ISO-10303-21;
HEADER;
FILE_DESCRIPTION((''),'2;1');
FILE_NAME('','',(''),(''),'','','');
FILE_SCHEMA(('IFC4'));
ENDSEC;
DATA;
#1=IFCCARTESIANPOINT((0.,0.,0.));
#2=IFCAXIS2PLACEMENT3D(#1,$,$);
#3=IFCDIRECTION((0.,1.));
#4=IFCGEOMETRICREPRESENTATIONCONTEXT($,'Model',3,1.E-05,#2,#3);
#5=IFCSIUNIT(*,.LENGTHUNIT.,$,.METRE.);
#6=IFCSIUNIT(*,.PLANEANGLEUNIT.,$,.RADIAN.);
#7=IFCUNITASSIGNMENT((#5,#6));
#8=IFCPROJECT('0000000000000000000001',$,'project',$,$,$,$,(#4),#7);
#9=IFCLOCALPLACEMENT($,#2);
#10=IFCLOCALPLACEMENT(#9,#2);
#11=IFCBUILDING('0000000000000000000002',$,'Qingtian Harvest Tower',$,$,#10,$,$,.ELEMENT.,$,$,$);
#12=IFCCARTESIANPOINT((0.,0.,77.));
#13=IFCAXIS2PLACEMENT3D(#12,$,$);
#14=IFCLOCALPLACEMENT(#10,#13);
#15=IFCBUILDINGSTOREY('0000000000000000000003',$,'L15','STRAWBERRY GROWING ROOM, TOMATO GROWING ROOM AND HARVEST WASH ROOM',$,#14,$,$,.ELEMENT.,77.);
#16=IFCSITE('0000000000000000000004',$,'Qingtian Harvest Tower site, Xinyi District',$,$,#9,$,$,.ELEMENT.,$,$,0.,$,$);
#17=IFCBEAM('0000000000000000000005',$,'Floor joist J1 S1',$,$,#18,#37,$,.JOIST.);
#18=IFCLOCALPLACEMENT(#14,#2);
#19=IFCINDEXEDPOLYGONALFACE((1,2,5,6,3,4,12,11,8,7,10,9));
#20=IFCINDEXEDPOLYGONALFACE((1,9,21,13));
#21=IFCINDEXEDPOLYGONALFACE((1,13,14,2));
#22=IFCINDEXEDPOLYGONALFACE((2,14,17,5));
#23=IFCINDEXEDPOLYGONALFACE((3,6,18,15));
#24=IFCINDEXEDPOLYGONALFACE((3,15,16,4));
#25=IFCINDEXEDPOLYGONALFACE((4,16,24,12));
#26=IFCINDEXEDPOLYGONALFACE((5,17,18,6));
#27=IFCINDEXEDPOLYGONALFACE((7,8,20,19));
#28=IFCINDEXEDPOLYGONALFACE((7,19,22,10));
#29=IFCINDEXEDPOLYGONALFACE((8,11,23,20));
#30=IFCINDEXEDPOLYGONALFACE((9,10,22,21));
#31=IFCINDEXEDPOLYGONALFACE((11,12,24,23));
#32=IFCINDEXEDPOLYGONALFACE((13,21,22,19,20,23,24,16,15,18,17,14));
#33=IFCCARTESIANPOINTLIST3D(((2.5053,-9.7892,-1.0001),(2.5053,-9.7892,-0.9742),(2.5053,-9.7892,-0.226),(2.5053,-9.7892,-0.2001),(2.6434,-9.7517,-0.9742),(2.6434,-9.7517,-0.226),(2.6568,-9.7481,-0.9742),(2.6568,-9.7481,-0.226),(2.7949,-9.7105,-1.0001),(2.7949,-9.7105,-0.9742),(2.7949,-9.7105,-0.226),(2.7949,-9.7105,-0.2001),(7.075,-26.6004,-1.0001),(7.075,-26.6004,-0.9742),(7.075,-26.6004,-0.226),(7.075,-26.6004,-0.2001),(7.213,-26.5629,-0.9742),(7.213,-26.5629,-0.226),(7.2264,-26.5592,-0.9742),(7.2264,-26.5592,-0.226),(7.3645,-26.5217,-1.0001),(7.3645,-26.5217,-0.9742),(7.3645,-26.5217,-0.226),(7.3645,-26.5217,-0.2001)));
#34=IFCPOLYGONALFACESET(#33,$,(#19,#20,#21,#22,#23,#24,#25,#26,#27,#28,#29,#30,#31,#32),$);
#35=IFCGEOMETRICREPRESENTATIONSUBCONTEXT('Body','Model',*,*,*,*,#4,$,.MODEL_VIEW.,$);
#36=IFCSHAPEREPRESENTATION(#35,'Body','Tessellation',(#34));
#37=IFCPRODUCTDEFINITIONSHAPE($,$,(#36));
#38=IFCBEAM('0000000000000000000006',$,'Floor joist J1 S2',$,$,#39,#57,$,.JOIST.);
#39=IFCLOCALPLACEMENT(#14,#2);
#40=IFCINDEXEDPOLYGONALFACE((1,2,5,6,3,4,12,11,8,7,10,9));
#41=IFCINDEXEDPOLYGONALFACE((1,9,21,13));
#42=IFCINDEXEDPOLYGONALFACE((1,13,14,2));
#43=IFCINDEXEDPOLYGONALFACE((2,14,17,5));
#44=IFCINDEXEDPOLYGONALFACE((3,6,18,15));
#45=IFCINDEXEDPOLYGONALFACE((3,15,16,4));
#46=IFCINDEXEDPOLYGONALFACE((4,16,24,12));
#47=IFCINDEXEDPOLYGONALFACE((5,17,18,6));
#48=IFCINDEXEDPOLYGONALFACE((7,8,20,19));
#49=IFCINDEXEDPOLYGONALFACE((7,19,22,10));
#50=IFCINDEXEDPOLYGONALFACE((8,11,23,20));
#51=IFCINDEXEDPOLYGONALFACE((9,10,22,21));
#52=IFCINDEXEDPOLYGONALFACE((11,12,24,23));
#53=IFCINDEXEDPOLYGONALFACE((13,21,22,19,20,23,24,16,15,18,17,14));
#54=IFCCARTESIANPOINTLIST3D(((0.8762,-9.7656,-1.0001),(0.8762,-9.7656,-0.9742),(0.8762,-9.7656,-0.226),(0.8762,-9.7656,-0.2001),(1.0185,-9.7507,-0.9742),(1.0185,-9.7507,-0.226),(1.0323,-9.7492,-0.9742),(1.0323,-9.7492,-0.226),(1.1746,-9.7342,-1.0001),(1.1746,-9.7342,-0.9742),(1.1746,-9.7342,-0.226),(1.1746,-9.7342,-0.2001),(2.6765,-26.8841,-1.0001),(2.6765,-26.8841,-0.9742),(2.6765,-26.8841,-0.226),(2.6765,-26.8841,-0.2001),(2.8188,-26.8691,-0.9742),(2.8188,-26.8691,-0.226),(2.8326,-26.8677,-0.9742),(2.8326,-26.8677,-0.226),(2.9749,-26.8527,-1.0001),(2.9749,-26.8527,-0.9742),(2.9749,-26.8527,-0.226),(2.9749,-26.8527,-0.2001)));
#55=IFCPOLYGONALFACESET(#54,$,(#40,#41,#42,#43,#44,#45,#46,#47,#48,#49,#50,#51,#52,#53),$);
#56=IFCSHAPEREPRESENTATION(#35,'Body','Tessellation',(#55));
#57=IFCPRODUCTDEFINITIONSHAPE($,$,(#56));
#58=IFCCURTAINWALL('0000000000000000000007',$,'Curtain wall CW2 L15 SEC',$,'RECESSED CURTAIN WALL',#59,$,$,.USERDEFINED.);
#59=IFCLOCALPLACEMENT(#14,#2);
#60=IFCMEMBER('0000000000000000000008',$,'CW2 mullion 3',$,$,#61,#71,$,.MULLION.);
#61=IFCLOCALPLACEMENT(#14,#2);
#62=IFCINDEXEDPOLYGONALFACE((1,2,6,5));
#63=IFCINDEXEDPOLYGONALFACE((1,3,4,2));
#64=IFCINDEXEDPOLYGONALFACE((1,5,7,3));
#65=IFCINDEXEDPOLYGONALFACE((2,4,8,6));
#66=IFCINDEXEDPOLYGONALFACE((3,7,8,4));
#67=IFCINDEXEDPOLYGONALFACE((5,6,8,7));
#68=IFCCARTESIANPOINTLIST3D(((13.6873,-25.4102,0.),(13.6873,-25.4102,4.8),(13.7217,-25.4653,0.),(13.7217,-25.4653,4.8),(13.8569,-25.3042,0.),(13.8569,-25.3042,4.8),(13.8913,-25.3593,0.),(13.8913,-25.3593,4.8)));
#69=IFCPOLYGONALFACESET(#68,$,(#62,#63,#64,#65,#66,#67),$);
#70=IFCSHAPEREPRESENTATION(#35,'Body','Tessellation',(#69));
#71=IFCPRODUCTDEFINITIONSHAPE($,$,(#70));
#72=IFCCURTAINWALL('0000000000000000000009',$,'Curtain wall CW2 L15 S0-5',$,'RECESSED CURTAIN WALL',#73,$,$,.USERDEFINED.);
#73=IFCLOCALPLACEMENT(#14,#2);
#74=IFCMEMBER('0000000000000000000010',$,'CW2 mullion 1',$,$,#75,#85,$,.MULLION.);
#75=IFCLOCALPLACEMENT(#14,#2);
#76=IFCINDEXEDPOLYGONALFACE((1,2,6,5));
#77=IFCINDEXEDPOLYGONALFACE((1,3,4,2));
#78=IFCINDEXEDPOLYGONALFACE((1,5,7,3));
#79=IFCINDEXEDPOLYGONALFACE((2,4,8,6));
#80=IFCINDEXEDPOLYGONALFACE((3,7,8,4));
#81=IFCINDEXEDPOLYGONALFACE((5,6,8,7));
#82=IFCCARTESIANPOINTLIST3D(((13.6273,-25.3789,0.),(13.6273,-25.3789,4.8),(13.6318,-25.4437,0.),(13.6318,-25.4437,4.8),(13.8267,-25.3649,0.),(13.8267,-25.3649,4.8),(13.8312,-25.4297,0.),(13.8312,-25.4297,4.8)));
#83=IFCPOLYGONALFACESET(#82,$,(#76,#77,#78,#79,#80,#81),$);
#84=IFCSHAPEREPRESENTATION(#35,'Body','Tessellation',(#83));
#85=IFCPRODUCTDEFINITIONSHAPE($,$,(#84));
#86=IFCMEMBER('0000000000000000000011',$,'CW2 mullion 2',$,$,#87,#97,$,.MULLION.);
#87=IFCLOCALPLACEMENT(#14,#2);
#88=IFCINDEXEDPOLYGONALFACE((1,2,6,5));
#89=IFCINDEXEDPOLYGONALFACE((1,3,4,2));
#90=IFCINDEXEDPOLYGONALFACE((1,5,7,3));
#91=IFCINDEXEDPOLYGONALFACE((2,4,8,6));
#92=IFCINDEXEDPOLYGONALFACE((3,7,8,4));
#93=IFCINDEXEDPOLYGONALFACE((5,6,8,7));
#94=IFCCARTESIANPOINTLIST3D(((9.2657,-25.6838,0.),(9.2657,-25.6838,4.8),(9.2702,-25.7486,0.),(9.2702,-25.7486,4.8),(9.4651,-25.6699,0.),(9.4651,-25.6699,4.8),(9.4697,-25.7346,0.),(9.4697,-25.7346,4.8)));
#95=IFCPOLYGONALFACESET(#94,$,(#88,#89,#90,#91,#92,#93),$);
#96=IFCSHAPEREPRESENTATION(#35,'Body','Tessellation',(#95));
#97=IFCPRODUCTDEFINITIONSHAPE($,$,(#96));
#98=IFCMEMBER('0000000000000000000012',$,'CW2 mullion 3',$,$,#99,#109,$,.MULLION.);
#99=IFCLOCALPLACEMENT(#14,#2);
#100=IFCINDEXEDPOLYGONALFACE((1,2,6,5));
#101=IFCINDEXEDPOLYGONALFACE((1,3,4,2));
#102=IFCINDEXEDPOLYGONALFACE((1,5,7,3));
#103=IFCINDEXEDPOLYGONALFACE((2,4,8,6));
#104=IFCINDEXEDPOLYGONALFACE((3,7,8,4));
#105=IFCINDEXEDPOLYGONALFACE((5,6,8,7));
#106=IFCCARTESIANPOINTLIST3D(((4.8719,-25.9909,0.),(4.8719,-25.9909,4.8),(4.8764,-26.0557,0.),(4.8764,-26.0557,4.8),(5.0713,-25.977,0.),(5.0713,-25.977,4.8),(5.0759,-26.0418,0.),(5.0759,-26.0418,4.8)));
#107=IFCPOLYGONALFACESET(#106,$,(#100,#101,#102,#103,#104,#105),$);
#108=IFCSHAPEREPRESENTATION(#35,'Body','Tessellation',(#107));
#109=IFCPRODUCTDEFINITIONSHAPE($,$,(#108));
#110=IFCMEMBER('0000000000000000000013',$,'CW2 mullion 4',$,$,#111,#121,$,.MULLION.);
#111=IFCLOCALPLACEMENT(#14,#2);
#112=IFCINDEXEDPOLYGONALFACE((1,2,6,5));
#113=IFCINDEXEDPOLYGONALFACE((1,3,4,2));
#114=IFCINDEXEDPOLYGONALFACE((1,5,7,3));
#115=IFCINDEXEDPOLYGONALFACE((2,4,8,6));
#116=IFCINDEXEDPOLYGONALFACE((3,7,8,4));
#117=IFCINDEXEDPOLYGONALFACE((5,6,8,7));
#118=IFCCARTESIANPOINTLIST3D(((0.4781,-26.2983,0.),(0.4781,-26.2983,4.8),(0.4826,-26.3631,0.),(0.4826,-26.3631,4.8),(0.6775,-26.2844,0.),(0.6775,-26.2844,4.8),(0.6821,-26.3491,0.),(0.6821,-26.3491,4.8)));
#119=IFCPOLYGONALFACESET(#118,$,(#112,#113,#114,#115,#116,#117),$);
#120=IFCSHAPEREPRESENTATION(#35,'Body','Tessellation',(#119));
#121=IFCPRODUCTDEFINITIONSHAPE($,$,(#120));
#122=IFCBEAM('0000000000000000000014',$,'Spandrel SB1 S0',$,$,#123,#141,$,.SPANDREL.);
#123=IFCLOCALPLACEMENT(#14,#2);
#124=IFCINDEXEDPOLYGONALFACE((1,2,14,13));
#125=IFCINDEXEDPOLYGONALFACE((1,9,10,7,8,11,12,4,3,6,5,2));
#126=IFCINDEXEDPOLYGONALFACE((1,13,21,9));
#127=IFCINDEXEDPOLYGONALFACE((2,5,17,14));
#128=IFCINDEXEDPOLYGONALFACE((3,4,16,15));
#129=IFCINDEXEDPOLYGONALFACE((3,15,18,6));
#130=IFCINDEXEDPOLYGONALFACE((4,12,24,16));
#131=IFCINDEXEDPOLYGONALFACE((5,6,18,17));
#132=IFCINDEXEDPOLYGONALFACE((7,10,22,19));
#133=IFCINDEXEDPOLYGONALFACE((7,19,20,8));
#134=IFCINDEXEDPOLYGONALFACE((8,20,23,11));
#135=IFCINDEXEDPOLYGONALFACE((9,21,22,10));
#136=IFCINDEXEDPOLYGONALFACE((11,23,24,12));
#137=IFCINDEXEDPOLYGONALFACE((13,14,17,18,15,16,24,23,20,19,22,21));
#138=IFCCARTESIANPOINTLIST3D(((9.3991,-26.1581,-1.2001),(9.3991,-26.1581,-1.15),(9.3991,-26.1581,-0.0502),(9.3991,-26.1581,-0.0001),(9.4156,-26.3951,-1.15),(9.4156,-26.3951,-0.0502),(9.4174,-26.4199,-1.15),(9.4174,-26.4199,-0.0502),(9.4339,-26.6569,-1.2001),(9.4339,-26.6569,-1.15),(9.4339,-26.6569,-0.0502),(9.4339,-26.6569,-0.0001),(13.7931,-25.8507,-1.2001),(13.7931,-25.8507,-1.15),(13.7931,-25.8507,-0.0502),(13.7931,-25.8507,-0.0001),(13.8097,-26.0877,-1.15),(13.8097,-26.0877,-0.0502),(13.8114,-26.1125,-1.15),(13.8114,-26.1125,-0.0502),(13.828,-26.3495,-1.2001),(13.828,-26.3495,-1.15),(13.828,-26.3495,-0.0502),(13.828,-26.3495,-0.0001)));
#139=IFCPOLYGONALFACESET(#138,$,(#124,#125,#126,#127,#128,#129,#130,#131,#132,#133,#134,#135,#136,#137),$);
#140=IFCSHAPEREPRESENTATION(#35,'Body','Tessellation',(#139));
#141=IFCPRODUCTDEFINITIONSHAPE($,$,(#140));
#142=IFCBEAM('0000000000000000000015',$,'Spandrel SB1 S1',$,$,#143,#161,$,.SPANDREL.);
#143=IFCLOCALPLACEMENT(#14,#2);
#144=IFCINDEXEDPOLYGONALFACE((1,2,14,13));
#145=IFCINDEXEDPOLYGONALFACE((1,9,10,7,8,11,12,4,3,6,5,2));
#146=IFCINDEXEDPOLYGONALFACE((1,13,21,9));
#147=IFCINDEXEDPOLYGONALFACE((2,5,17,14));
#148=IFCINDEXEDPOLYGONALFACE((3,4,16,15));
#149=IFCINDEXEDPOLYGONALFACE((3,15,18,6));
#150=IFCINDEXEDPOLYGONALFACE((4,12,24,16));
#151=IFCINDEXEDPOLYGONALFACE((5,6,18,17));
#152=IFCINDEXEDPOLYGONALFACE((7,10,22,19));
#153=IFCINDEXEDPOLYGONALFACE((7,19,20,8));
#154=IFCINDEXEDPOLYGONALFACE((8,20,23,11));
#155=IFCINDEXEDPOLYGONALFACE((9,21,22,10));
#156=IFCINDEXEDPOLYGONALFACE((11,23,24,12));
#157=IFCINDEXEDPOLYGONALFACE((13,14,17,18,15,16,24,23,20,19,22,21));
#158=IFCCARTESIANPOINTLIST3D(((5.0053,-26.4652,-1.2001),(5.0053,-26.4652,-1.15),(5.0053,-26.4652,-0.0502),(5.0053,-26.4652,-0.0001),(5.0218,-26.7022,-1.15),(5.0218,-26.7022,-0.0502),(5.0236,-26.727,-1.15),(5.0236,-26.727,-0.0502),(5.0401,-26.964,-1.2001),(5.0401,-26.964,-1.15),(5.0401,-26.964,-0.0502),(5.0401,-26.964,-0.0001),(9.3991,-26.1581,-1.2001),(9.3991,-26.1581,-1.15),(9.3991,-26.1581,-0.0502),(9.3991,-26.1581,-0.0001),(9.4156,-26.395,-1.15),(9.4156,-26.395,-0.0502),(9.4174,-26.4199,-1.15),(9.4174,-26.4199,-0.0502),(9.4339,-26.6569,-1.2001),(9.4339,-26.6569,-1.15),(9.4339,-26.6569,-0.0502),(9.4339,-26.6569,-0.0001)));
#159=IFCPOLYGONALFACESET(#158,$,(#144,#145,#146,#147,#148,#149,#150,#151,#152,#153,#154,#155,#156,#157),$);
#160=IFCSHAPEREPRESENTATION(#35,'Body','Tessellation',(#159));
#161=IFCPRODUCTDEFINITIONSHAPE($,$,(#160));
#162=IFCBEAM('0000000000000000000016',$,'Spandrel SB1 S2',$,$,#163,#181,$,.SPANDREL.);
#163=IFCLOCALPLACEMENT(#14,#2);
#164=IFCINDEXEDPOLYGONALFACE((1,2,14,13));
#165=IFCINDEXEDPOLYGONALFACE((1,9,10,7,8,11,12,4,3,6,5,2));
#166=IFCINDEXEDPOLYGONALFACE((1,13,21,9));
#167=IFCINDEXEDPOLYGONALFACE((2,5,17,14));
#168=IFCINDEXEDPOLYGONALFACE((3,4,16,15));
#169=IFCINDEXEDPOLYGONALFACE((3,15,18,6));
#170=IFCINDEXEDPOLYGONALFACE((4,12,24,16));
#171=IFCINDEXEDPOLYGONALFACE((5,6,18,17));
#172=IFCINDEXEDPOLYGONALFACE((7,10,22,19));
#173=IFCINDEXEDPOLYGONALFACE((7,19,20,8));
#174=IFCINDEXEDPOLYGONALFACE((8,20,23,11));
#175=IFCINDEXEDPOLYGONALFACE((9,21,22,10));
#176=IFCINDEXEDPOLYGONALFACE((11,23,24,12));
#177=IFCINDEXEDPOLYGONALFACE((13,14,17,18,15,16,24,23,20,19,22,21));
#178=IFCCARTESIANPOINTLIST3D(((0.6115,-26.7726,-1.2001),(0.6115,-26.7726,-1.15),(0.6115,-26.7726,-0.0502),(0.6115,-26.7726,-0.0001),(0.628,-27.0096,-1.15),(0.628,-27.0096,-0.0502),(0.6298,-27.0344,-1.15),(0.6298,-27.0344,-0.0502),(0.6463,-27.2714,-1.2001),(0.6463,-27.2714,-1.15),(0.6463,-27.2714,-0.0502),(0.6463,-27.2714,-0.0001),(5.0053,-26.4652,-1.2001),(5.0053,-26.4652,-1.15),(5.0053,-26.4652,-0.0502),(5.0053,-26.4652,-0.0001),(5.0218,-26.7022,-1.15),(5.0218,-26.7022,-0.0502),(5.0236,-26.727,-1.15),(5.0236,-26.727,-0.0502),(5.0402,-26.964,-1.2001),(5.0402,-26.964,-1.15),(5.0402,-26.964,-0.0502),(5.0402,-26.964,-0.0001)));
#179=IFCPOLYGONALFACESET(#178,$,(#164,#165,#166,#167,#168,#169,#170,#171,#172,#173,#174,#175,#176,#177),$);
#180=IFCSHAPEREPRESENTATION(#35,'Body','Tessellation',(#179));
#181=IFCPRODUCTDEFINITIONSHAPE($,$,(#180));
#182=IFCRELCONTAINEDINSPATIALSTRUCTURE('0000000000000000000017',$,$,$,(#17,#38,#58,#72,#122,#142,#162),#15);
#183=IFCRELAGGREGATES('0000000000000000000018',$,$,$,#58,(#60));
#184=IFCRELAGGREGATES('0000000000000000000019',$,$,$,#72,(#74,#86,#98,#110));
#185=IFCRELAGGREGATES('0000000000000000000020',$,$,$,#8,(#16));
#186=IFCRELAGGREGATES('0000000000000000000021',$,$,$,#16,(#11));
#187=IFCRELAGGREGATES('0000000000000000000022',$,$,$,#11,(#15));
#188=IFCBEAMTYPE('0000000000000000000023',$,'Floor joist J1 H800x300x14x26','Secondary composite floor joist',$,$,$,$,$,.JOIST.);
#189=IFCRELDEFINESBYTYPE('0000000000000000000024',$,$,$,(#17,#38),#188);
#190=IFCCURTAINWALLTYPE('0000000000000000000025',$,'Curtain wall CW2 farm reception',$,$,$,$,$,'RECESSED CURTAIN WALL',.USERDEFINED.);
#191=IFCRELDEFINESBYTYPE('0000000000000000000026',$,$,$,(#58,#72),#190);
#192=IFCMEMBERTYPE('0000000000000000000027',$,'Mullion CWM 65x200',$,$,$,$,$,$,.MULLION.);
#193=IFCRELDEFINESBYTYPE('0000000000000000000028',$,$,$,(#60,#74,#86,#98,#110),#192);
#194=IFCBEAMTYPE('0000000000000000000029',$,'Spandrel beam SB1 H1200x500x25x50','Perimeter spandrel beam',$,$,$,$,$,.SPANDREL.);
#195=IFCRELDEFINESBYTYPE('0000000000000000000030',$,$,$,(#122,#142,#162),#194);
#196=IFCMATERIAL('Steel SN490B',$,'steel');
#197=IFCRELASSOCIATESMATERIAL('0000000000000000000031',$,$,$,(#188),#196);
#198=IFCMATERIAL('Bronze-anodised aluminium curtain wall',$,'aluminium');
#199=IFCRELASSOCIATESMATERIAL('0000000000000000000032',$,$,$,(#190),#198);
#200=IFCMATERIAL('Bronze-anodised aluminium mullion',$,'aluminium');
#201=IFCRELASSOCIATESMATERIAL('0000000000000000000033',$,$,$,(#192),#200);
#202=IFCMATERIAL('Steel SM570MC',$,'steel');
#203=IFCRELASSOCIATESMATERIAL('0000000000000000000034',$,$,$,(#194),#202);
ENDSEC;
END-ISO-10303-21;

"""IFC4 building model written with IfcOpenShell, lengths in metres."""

from ifc_helpers import new_model, si_unit, direction, frame, origin, origin_2d, place, context, subcontext, project, spatial, rectangle, i_section, extrude, material, material_profile, profile_set, type_object, element, aggregate, save


model = new_model("IFC4")

# Units and contexts
model_context = context("Model", 3, precision=1e-05, world=origin(), true_north=direction((0.0, 1.0)))
body_context = subcontext(model_context, "Body", "Model", "MODEL_VIEW")
ifc_project = project(units=[si_unit("LENGTHUNIT", "METRE"), si_unit("PLANEANGLEUNIT", "RADIAN")], contexts=[model_context])

# Site, building, storey
site_placement = place(None, origin())
site = spatial("IfcSite", under=ifc_project, at=site_placement, Name="Qingtian Harvest Tower site, Xinyi District", CompositionType="ELEMENT", RefElevation=0.0)
building_placement = place(site_placement, origin())
building = spatial("IfcBuilding", under=site, at=building_placement, Name="Qingtian Harvest Tower", CompositionType="ELEMENT")
storey_placement = place(building_placement, frame((0.0, 0.0, 77.0)))
storey = spatial("IfcBuildingStorey", under=building, at=storey_placement, Name="L15", Description="STRAWBERRY GROWING ROOM, TOMATO GROWING ROOM AND HARVEST WASH ROOM", CompositionType="ELEMENT", Elevation=77.0)

# Beams
ifc_material_1 = material(Name="Steel SN490B", Category="steel")
ifc_material_profile_1 = material_profile(ifc_material_1, i_section(OverallWidth=0.3, OverallDepth=0.8, WebThickness=0.0139, FlangeThickness=0.0259, at=origin_2d()), Name="H800x300x14x26")
ifc_profile_set_1 = profile_set([ifc_material_profile_1], Name="Steel SN490B")
beam_type_1 = type_object("IfcBeamType", Name="Floor joist J1 H800x300x14x26", Description="Secondary composite floor joist", PredefinedType="JOIST", material=ifc_profile_set_1)
beam_1_placement = place(storey_placement, frame((7.2197, -26.561, -0.6001), z_axis=(-0.262303, 0.964986, 0.0), x_axis=(-0.964986, -0.262303, 0.0)))
element("IfcBeam", 1, at=beam_1_placement, inside=storey, type_object=beam_type_1, Name="Floor joist J1 S1", PredefinedType="JOIST", context=body_context, shape_type="SweptSolid", body=[
    extrude(i_section(OverallWidth=0.3, OverallDepth=0.8, WebThickness=0.0139, FlangeThickness=0.0259, at=origin_2d()), origin(), (0.0, 0.0, 1.0), 17.4211),
])
beam_2_placement = place(storey_placement, frame((2.8257, -26.8684, -0.6001), z_axis=(-0.10459, 0.994515, 0.0), x_axis=(-0.994515, -0.10459, 0.0)))
element("IfcBeam", 2, at=beam_2_placement, inside=storey, type_object=beam_type_1, Name="Floor joist J1 S2", PredefinedType="JOIST", context=body_context, shape_type="SweptSolid", body=[
    extrude(i_section(OverallWidth=0.3, OverallDepth=0.8, WebThickness=0.0139, FlangeThickness=0.0259, at=origin_2d()), origin(), (0.0, 0.0, 1.0), 17.2129),
])

# Curtain wall, member
ifc_material_2 = material(Name="Bronze-anodised aluminium curtain wall", Category="aluminium")
curtain_wall_type = type_object("IfcCurtainWallType", Name="Curtain wall CW2 farm reception", ElementType="RECESSED CURTAIN WALL", PredefinedType="USERDEFINED", material=ifc_material_2)
curtain_wall_1_placement = place(storey_placement, origin())
curtain_wall_1 = element("IfcCurtainWall", 3, at=curtain_wall_1_placement, inside=storey, type_object=curtain_wall_type, Name="Curtain wall CW2 L15 SEC", ObjectType="RECESSED CURTAIN WALL", PredefinedType="USERDEFINED")
ifc_material_3 = material(Name="Bronze-anodised aluminium mullion", Category="aluminium")
ifc_material_profile_2 = material_profile(ifc_material_3, rectangle(XDim=0.0649, YDim=0.2, at=origin_2d()), Name="AL 65x200")
ifc_profile_set_2 = profile_set([ifc_material_profile_2], Name="Bronze-anodised aluminium mullion")
member_type_1 = type_object("IfcMemberType", Name="Mullion CWM 65x200", PredefinedType="MULLION", material=ifc_profile_set_2)
member_1_placement = place(storey_placement, frame((13.7893, -25.3848, 0.0), z_axis=(0.0, 0.0, 1.0), x_axis=(0.529919, -0.848048, 0.0)))
member_1 = element("IfcMember", 4, at=member_1_placement, type_object=member_type_1, Name="CW2 mullion 3", PredefinedType="MULLION", context=body_context, shape_type="SweptSolid", body=[
    extrude(rectangle(XDim=0.0649, YDim=0.2, at=origin_2d()), origin(), (0.0, 0.0, 1.0), 4.8),
])
aggregate(curtain_wall_1, [member_1])

# Curtain wall, members
curtain_wall_2_placement = place(storey_placement, origin())
curtain_wall_2 = element("IfcCurtainWall", 5, at=curtain_wall_2_placement, inside=storey, type_object=curtain_wall_type, Name="Curtain wall CW2 L15 S0-5", ObjectType="RECESSED CURTAIN WALL", PredefinedType="USERDEFINED")
member_2_placement = place(storey_placement, frame((13.7292, -25.4043, 0.0), z_axis=(0.0, 0.0, 1.0), x_axis=(0.069756, -0.997564, 0.0)))
member_2 = element("IfcMember", 6, at=member_2_placement, type_object=member_type_1, Name="CW2 mullion 1", PredefinedType="MULLION", context=body_context, shape_type="SweptSolid", body=[
    extrude(rectangle(XDim=0.0649, YDim=0.2, at=origin_2d()), origin(), (0.0, 0.0, 1.0), 4.8),
])
member_3_placement = place(storey_placement, frame((9.3677, -25.7092, 0.0), z_axis=(0.0, 0.0, 1.0), x_axis=(0.069756, -0.997564, 0.0)))
member_3 = element("IfcMember", 7, at=member_3_placement, type_object=member_type_1, Name="CW2 mullion 2", PredefinedType="MULLION", context=body_context, shape_type="SweptSolid", body=[
    extrude(rectangle(XDim=0.0649, YDim=0.2, at=origin_2d()), origin(), (0.0, 0.0, 1.0), 4.8),
])
member_4_placement = place(storey_placement, frame((4.9739, -26.0164, 0.0), z_axis=(0.0, 0.0, 1.0), x_axis=(0.069756, -0.997564, 0.0)))
member_4 = element("IfcMember", 8, at=member_4_placement, type_object=member_type_1, Name="CW2 mullion 3", PredefinedType="MULLION", context=body_context, shape_type="SweptSolid", body=[
    extrude(rectangle(XDim=0.0649, YDim=0.2, at=origin_2d()), origin(), (0.0, 0.0, 1.0), 4.8),
])
member_5_placement = place(storey_placement, frame((0.5801, -26.3237, 0.0), z_axis=(0.0, 0.0, 1.0), x_axis=(0.069756, -0.997564, 0.0)))
member_5 = element("IfcMember", 9, at=member_5_placement, type_object=member_type_1, Name="CW2 mullion 4", PredefinedType="MULLION", context=body_context, shape_type="SweptSolid", body=[
    extrude(rectangle(XDim=0.0649, YDim=0.2, at=origin_2d()), origin(), (0.0, 0.0, 1.0), 4.8),
])

# Beams
ifc_material_4 = material(Name="Steel SM570MC", Category="steel")
ifc_material_profile_3 = material_profile(ifc_material_4, i_section(OverallWidth=0.5, OverallDepth=1.2, WebThickness=0.0249, FlangeThickness=0.05, at=origin_2d()), Name="H1200x500x25x50")
ifc_profile_set_3 = profile_set([ifc_material_profile_3], Name="Steel SM570MC")
beam_type_2 = type_object("IfcBeamType", Name="Spandrel beam SB1 H1200x500x25x50", Description="Perimeter spandrel beam", PredefinedType="SPANDREL", material=ifc_profile_set_3)
beam_3_placement = place(storey_placement, frame((13.8105, -26.1001, -0.6001), z_axis=(-0.997562, -0.069782, 0.0), x_axis=(0.069782, -0.997562, 0.0)))
element("IfcBeam", 10, at=beam_3_placement, inside=storey, type_object=beam_type_2, Name="Spandrel SB1 S0", PredefinedType="SPANDREL", context=body_context, shape_type="SweptSolid", body=[
    extrude(i_section(OverallWidth=0.5, OverallDepth=1.2, WebThickness=0.0249, FlangeThickness=0.05, at=origin_2d()), origin(), (0.0, 0.0, 1.0), 4.4048),
])
for number, where, z_axis, x_axis, name in (
    (11, (9.4165, -26.4075, -0.6001), (-0.997566, -0.06973, 0.0), (0.06973, -0.997566, 0.0), "Spandrel SB1 S1"),
    (12, (5.0227, -26.7146, -0.6001), (-0.997562, -0.069786, 0.0), (0.069786, -0.997562, 0.0), "Spandrel SB1 S2"),
):
    element("IfcBeam", number, at=place(storey_placement, frame(where, z_axis=z_axis, x_axis=x_axis)), inside=storey, type_object=beam_type_2, Name=name, PredefinedType="SPANDREL", context=body_context, shape_type="SweptSolid", body=[
        extrude(i_section(OverallWidth=0.5, OverallDepth=1.2, WebThickness=0.0249, FlangeThickness=0.05, at=origin_2d()), origin(), (0.0, 0.0, 1.0), 4.4045),
    ])

aggregate(curtain_wall_2, [member_2, member_3, member_4, member_5])

save(model, "model.ifc")
